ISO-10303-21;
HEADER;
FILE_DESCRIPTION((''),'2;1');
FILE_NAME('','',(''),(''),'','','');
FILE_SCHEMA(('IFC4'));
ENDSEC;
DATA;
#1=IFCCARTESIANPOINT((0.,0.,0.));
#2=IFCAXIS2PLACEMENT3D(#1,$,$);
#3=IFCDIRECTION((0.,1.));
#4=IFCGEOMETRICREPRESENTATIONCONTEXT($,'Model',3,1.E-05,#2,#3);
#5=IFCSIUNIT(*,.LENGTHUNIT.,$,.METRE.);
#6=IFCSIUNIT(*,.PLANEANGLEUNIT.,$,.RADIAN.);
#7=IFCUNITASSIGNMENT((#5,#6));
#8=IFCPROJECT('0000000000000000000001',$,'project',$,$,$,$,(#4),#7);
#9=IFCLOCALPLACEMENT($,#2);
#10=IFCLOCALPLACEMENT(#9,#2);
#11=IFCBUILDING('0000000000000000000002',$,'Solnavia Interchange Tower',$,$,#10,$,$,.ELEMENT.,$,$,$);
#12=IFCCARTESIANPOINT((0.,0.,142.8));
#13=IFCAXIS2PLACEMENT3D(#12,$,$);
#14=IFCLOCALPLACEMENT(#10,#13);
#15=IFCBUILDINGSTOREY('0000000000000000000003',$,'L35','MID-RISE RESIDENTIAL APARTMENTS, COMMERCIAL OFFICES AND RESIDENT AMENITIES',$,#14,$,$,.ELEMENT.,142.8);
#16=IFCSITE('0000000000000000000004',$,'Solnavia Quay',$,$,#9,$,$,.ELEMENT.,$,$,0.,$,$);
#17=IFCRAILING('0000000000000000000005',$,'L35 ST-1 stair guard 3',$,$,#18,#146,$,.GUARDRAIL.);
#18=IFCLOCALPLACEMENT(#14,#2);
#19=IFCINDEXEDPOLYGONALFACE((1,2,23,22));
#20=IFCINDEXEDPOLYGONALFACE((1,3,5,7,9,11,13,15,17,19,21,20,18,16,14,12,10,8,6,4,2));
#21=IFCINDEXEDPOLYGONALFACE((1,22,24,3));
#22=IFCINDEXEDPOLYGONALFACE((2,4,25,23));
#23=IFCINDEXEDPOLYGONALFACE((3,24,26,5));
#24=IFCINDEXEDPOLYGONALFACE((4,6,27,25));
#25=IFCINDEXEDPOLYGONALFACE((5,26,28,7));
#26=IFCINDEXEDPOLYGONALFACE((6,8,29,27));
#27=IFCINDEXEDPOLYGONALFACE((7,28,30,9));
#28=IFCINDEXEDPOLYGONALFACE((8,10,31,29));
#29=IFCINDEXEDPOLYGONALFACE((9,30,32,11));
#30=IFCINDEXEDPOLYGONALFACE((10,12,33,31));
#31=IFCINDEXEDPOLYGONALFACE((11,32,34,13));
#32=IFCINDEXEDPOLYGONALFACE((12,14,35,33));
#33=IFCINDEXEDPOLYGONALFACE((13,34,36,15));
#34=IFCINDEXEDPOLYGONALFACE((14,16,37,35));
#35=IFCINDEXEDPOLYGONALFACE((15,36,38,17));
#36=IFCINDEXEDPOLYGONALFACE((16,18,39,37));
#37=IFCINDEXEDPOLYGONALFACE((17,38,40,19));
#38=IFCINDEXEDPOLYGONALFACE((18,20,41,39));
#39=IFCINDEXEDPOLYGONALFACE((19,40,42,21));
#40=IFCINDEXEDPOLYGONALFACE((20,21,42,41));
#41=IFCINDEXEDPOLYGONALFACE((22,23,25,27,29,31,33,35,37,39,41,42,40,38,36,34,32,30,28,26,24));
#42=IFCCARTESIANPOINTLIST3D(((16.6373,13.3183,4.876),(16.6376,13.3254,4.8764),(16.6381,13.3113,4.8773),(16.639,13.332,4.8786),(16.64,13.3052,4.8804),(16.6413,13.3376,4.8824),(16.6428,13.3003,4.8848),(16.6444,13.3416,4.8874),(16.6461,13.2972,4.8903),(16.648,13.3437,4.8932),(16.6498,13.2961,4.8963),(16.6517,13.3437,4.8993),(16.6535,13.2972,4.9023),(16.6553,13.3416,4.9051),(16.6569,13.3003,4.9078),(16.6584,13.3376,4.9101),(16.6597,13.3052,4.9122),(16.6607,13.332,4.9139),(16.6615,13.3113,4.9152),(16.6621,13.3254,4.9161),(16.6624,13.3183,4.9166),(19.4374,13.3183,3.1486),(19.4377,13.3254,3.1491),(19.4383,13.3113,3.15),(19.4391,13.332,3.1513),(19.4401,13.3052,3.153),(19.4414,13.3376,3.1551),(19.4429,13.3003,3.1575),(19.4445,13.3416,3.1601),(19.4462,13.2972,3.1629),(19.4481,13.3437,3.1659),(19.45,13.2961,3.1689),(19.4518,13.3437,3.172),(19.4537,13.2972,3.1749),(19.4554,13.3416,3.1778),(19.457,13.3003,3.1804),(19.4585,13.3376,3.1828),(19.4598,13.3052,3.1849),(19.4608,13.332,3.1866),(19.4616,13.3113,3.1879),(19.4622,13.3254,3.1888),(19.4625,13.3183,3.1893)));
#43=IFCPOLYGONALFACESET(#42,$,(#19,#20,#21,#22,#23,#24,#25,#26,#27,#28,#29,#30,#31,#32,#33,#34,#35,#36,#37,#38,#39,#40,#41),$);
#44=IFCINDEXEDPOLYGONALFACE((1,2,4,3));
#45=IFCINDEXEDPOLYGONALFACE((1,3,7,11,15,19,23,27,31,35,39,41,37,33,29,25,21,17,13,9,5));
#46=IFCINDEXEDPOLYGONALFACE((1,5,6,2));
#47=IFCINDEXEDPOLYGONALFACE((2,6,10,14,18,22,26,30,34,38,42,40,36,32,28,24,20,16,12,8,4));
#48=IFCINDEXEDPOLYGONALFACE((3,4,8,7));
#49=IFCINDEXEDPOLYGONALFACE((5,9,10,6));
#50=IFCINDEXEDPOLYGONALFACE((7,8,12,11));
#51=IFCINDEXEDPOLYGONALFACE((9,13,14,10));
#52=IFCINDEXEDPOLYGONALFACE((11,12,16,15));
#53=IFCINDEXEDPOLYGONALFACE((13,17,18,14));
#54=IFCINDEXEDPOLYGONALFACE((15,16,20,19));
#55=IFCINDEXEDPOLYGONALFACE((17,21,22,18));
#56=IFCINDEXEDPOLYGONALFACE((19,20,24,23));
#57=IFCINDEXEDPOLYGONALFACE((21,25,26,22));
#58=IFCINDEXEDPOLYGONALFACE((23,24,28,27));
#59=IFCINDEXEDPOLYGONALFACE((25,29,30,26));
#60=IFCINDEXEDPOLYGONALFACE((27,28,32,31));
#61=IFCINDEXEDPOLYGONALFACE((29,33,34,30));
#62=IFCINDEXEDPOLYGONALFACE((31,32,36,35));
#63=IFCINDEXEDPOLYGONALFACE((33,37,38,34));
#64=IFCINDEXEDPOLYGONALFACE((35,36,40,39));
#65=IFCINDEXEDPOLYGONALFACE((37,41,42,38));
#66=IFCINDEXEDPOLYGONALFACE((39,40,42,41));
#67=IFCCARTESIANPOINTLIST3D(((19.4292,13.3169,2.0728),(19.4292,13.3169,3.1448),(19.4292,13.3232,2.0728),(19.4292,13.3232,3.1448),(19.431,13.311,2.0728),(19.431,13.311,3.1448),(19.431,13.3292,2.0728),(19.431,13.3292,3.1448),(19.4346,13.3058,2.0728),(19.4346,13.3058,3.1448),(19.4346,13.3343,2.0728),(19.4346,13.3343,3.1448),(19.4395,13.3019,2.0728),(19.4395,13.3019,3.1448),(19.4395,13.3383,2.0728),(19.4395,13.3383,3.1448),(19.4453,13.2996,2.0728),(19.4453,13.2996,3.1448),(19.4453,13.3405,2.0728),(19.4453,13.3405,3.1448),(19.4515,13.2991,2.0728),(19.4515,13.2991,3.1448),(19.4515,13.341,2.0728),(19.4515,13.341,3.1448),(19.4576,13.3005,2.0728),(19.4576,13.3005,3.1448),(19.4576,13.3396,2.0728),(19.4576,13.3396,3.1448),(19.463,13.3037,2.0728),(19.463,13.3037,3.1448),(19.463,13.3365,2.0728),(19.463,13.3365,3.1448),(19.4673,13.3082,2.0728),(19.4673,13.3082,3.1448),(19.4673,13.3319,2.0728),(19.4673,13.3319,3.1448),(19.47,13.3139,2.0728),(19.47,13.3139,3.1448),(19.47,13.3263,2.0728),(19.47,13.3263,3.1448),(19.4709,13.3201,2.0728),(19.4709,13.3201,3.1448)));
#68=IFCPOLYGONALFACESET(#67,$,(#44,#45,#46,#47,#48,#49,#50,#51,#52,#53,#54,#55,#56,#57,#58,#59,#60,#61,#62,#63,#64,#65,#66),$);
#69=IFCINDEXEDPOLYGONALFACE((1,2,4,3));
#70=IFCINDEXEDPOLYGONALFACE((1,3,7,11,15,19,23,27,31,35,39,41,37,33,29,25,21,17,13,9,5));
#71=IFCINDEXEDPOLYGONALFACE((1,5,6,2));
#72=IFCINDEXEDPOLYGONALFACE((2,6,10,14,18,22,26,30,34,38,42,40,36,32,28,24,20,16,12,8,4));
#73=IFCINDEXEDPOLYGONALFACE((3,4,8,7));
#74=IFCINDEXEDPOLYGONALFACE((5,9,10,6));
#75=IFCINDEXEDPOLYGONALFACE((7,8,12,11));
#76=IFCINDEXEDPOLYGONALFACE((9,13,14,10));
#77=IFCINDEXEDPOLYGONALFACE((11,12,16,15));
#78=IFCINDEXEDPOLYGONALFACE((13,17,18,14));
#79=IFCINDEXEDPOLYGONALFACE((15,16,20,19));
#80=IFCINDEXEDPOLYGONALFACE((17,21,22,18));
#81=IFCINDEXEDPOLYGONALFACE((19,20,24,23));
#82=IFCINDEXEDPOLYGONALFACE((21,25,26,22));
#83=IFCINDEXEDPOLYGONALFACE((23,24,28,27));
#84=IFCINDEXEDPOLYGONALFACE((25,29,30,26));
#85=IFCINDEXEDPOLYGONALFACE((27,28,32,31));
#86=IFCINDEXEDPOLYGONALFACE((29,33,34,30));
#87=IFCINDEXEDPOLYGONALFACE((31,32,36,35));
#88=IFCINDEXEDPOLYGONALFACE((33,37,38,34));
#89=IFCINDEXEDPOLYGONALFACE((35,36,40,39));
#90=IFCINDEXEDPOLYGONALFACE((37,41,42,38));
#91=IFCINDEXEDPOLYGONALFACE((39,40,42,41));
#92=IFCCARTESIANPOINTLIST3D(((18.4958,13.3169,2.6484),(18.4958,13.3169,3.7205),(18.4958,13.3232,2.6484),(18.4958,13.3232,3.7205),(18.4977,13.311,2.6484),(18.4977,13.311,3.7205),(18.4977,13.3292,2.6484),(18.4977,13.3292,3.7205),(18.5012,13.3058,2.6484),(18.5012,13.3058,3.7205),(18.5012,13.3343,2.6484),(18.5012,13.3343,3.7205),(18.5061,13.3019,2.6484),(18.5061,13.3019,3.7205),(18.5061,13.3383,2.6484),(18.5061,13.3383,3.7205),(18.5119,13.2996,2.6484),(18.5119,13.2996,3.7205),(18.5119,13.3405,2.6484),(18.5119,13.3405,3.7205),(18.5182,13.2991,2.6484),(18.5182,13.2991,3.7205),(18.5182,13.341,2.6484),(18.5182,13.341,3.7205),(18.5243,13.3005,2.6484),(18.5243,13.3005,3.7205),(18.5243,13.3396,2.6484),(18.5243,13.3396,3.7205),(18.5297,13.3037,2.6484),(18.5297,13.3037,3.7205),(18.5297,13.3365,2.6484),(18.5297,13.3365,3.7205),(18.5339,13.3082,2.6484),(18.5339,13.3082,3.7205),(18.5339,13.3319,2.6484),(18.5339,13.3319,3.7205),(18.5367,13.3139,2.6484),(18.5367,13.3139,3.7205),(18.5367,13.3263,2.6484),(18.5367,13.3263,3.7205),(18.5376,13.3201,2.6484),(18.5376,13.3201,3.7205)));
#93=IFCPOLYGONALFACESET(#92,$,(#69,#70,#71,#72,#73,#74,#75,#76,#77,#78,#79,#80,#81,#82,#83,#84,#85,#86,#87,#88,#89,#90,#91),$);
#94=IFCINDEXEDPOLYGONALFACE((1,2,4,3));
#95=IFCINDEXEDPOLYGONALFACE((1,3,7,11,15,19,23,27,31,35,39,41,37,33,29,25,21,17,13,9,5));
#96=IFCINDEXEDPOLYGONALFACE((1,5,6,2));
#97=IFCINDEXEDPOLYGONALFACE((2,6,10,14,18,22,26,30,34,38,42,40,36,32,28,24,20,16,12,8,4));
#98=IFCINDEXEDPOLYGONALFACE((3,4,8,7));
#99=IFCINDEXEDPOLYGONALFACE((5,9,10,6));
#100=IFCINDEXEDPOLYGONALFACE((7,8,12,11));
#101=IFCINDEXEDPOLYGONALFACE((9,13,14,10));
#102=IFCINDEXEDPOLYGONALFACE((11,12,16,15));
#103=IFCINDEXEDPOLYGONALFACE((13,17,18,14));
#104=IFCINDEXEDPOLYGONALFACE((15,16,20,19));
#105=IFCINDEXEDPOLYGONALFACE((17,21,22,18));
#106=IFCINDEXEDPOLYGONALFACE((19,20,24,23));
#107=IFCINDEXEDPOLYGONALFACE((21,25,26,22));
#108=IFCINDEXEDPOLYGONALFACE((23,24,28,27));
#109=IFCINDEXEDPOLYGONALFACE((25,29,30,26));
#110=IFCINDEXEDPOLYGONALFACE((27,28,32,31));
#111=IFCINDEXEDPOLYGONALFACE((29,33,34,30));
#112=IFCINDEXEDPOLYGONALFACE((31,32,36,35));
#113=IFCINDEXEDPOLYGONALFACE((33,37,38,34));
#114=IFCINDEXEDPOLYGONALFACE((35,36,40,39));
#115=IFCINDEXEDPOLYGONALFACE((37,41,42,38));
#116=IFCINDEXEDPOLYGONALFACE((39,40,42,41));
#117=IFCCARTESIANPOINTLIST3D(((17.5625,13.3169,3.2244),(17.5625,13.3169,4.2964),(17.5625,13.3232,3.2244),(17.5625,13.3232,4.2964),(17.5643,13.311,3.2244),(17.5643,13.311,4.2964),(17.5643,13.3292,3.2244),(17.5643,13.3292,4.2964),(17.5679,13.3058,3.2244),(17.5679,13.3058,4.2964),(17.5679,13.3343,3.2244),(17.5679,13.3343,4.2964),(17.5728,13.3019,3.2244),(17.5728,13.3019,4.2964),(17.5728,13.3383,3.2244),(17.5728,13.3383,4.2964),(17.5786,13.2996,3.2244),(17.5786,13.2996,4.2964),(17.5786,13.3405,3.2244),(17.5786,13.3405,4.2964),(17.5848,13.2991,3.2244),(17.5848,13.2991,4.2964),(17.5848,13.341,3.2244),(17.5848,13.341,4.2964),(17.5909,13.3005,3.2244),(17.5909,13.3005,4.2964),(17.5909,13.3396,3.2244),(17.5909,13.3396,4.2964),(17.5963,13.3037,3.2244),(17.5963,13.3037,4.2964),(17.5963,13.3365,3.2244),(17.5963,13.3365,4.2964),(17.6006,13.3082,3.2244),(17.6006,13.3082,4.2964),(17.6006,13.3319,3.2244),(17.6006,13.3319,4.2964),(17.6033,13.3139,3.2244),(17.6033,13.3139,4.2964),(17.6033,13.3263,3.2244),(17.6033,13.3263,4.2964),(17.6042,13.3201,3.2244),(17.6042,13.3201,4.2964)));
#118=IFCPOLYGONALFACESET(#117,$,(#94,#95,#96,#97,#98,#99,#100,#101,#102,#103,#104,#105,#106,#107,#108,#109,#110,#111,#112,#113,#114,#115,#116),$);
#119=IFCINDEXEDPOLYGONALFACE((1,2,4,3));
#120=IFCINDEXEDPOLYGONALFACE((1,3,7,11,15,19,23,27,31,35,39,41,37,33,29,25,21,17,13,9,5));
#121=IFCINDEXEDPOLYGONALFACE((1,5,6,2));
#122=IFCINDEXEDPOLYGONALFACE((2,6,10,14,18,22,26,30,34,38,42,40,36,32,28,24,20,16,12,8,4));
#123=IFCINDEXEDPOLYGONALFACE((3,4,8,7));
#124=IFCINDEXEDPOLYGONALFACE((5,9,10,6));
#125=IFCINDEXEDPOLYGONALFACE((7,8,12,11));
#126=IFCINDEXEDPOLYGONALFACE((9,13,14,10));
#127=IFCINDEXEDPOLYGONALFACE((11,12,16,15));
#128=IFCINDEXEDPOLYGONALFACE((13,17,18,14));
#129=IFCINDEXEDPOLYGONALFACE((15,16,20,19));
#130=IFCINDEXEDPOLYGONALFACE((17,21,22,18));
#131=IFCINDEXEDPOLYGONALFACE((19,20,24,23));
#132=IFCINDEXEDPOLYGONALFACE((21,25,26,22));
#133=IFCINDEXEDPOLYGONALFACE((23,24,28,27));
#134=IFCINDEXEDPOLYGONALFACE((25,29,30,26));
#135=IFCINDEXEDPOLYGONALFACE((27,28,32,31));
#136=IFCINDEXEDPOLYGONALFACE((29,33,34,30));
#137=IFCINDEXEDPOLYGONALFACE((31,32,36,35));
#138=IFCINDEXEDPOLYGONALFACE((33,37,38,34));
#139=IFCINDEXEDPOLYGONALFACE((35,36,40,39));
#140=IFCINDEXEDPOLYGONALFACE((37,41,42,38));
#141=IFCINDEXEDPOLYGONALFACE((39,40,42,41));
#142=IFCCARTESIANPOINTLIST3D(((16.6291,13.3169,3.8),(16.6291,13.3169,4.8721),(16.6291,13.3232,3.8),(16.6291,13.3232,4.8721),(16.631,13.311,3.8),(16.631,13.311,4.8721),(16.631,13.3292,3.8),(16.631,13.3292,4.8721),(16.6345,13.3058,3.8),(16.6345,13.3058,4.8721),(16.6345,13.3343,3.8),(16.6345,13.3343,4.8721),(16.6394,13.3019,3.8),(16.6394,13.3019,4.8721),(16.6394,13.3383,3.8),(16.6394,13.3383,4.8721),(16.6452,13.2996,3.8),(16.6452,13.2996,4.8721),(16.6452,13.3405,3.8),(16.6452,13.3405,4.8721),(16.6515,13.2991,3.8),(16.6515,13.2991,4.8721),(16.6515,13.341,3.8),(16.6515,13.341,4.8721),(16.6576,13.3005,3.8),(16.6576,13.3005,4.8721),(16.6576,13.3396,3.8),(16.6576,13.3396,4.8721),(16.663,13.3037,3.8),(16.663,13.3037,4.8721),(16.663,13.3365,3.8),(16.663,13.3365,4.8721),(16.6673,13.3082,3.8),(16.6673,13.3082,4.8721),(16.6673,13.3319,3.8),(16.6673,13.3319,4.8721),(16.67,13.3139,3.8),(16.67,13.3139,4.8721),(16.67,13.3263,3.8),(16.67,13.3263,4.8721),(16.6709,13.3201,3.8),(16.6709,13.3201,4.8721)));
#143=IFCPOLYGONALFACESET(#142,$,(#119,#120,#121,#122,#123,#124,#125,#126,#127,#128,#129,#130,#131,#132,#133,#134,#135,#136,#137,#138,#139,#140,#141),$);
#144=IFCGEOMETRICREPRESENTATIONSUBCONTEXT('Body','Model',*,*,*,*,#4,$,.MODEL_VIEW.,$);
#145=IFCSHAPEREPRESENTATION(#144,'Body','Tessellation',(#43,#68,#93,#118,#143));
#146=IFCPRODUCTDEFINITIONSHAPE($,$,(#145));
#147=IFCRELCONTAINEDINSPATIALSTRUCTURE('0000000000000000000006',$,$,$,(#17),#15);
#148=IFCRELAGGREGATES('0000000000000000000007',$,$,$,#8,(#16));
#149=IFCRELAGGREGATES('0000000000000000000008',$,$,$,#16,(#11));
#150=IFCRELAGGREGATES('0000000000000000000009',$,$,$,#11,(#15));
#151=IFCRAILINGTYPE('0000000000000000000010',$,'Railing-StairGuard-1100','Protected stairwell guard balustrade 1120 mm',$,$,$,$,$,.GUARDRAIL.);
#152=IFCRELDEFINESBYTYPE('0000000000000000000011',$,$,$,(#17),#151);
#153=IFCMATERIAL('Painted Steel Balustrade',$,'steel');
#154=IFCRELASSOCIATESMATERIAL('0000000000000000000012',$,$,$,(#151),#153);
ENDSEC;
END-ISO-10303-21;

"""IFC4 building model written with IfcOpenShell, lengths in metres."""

from ifc_helpers import new_model, si_unit, direction, frame, origin, origin_2d, place, context, subcontext, project, spatial, circle, extrude, material, type_object, element, save


model = new_model("IFC4")

# Units and contexts
model_context = context("Model", 3, precision=1e-05, world=origin(), true_north=direction((0.0, 1.0)))
body_context = subcontext(model_context, "Body", "Model", "MODEL_VIEW")
ifc_project = project(units=[si_unit("LENGTHUNIT", "METRE"), si_unit("PLANEANGLEUNIT", "RADIAN")], contexts=[model_context])

# Site, building, storey
site_placement = place(None, origin())
site = spatial("IfcSite", under=ifc_project, at=site_placement, Name="Solnavia Quay", CompositionType="ELEMENT", RefElevation=0.0)
building_placement = place(site_placement, origin())
building = spatial("IfcBuilding", under=site, at=building_placement, Name="Solnavia Interchange Tower", CompositionType="ELEMENT")
storey_placement = place(building_placement, frame((0.0, 0.0, 142.8)))
storey = spatial("IfcBuildingStorey", under=building, at=storey_placement, Name="L35", Description="MID-RISE RESIDENTIAL APARTMENTS, COMMERCIAL OFFICES AND RESIDENT AMENITIES", CompositionType="ELEMENT", Elevation=142.8)

# Railing
ifc_material_1 = material(Name="Painted Steel Balustrade", Category="steel")
railing_type_1 = type_object("IfcRailingType", Name="Railing-StairGuard-1100", Description="Protected stairwell guard balustrade 1120 mm", PredefinedType="GUARDRAIL", material=ifc_material_1)
railing_1_placement = place(storey_placement, frame((19.45, 13.3201, 2.0728)))
element("IfcRailing", 1, at=railing_1_placement, inside=storey, type_object=railing_type_1, Name="L35 ST-1 stair guard 3", PredefinedType="GUARDRAIL", context=body_context, shape_type="SweptSolid", body=[
    extrude(circle(Radius=0.0239, at=origin_2d()), frame((0.0, 0.0, 1.0962), z_axis=(-0.85109, 0.0, 0.52502), x_axis=(0.0, -1.0, 0.0)), (0.0, 0.0, 1.0), 3.29),
    extrude(circle(Radius=0.021, at=origin_2d()), origin(), (0.0, 0.0, 1.0), 1.072),
    extrude(circle(Radius=0.021, at=origin_2d()), frame((-0.9333, 0.0, 0.5757)), (0.0, 0.0, 1.0), 1.072),
    extrude(circle(Radius=0.021, at=origin_2d()), frame((-1.8667, 0.0, 1.1516)), (0.0, 0.0, 1.0), 1.072),
    extrude(circle(Radius=0.021, at=origin_2d()), frame((-2.8, 0.0, 1.7273)), (0.0, 0.0, 1.0), 1.072),
])

save(model, "model.ifc")
